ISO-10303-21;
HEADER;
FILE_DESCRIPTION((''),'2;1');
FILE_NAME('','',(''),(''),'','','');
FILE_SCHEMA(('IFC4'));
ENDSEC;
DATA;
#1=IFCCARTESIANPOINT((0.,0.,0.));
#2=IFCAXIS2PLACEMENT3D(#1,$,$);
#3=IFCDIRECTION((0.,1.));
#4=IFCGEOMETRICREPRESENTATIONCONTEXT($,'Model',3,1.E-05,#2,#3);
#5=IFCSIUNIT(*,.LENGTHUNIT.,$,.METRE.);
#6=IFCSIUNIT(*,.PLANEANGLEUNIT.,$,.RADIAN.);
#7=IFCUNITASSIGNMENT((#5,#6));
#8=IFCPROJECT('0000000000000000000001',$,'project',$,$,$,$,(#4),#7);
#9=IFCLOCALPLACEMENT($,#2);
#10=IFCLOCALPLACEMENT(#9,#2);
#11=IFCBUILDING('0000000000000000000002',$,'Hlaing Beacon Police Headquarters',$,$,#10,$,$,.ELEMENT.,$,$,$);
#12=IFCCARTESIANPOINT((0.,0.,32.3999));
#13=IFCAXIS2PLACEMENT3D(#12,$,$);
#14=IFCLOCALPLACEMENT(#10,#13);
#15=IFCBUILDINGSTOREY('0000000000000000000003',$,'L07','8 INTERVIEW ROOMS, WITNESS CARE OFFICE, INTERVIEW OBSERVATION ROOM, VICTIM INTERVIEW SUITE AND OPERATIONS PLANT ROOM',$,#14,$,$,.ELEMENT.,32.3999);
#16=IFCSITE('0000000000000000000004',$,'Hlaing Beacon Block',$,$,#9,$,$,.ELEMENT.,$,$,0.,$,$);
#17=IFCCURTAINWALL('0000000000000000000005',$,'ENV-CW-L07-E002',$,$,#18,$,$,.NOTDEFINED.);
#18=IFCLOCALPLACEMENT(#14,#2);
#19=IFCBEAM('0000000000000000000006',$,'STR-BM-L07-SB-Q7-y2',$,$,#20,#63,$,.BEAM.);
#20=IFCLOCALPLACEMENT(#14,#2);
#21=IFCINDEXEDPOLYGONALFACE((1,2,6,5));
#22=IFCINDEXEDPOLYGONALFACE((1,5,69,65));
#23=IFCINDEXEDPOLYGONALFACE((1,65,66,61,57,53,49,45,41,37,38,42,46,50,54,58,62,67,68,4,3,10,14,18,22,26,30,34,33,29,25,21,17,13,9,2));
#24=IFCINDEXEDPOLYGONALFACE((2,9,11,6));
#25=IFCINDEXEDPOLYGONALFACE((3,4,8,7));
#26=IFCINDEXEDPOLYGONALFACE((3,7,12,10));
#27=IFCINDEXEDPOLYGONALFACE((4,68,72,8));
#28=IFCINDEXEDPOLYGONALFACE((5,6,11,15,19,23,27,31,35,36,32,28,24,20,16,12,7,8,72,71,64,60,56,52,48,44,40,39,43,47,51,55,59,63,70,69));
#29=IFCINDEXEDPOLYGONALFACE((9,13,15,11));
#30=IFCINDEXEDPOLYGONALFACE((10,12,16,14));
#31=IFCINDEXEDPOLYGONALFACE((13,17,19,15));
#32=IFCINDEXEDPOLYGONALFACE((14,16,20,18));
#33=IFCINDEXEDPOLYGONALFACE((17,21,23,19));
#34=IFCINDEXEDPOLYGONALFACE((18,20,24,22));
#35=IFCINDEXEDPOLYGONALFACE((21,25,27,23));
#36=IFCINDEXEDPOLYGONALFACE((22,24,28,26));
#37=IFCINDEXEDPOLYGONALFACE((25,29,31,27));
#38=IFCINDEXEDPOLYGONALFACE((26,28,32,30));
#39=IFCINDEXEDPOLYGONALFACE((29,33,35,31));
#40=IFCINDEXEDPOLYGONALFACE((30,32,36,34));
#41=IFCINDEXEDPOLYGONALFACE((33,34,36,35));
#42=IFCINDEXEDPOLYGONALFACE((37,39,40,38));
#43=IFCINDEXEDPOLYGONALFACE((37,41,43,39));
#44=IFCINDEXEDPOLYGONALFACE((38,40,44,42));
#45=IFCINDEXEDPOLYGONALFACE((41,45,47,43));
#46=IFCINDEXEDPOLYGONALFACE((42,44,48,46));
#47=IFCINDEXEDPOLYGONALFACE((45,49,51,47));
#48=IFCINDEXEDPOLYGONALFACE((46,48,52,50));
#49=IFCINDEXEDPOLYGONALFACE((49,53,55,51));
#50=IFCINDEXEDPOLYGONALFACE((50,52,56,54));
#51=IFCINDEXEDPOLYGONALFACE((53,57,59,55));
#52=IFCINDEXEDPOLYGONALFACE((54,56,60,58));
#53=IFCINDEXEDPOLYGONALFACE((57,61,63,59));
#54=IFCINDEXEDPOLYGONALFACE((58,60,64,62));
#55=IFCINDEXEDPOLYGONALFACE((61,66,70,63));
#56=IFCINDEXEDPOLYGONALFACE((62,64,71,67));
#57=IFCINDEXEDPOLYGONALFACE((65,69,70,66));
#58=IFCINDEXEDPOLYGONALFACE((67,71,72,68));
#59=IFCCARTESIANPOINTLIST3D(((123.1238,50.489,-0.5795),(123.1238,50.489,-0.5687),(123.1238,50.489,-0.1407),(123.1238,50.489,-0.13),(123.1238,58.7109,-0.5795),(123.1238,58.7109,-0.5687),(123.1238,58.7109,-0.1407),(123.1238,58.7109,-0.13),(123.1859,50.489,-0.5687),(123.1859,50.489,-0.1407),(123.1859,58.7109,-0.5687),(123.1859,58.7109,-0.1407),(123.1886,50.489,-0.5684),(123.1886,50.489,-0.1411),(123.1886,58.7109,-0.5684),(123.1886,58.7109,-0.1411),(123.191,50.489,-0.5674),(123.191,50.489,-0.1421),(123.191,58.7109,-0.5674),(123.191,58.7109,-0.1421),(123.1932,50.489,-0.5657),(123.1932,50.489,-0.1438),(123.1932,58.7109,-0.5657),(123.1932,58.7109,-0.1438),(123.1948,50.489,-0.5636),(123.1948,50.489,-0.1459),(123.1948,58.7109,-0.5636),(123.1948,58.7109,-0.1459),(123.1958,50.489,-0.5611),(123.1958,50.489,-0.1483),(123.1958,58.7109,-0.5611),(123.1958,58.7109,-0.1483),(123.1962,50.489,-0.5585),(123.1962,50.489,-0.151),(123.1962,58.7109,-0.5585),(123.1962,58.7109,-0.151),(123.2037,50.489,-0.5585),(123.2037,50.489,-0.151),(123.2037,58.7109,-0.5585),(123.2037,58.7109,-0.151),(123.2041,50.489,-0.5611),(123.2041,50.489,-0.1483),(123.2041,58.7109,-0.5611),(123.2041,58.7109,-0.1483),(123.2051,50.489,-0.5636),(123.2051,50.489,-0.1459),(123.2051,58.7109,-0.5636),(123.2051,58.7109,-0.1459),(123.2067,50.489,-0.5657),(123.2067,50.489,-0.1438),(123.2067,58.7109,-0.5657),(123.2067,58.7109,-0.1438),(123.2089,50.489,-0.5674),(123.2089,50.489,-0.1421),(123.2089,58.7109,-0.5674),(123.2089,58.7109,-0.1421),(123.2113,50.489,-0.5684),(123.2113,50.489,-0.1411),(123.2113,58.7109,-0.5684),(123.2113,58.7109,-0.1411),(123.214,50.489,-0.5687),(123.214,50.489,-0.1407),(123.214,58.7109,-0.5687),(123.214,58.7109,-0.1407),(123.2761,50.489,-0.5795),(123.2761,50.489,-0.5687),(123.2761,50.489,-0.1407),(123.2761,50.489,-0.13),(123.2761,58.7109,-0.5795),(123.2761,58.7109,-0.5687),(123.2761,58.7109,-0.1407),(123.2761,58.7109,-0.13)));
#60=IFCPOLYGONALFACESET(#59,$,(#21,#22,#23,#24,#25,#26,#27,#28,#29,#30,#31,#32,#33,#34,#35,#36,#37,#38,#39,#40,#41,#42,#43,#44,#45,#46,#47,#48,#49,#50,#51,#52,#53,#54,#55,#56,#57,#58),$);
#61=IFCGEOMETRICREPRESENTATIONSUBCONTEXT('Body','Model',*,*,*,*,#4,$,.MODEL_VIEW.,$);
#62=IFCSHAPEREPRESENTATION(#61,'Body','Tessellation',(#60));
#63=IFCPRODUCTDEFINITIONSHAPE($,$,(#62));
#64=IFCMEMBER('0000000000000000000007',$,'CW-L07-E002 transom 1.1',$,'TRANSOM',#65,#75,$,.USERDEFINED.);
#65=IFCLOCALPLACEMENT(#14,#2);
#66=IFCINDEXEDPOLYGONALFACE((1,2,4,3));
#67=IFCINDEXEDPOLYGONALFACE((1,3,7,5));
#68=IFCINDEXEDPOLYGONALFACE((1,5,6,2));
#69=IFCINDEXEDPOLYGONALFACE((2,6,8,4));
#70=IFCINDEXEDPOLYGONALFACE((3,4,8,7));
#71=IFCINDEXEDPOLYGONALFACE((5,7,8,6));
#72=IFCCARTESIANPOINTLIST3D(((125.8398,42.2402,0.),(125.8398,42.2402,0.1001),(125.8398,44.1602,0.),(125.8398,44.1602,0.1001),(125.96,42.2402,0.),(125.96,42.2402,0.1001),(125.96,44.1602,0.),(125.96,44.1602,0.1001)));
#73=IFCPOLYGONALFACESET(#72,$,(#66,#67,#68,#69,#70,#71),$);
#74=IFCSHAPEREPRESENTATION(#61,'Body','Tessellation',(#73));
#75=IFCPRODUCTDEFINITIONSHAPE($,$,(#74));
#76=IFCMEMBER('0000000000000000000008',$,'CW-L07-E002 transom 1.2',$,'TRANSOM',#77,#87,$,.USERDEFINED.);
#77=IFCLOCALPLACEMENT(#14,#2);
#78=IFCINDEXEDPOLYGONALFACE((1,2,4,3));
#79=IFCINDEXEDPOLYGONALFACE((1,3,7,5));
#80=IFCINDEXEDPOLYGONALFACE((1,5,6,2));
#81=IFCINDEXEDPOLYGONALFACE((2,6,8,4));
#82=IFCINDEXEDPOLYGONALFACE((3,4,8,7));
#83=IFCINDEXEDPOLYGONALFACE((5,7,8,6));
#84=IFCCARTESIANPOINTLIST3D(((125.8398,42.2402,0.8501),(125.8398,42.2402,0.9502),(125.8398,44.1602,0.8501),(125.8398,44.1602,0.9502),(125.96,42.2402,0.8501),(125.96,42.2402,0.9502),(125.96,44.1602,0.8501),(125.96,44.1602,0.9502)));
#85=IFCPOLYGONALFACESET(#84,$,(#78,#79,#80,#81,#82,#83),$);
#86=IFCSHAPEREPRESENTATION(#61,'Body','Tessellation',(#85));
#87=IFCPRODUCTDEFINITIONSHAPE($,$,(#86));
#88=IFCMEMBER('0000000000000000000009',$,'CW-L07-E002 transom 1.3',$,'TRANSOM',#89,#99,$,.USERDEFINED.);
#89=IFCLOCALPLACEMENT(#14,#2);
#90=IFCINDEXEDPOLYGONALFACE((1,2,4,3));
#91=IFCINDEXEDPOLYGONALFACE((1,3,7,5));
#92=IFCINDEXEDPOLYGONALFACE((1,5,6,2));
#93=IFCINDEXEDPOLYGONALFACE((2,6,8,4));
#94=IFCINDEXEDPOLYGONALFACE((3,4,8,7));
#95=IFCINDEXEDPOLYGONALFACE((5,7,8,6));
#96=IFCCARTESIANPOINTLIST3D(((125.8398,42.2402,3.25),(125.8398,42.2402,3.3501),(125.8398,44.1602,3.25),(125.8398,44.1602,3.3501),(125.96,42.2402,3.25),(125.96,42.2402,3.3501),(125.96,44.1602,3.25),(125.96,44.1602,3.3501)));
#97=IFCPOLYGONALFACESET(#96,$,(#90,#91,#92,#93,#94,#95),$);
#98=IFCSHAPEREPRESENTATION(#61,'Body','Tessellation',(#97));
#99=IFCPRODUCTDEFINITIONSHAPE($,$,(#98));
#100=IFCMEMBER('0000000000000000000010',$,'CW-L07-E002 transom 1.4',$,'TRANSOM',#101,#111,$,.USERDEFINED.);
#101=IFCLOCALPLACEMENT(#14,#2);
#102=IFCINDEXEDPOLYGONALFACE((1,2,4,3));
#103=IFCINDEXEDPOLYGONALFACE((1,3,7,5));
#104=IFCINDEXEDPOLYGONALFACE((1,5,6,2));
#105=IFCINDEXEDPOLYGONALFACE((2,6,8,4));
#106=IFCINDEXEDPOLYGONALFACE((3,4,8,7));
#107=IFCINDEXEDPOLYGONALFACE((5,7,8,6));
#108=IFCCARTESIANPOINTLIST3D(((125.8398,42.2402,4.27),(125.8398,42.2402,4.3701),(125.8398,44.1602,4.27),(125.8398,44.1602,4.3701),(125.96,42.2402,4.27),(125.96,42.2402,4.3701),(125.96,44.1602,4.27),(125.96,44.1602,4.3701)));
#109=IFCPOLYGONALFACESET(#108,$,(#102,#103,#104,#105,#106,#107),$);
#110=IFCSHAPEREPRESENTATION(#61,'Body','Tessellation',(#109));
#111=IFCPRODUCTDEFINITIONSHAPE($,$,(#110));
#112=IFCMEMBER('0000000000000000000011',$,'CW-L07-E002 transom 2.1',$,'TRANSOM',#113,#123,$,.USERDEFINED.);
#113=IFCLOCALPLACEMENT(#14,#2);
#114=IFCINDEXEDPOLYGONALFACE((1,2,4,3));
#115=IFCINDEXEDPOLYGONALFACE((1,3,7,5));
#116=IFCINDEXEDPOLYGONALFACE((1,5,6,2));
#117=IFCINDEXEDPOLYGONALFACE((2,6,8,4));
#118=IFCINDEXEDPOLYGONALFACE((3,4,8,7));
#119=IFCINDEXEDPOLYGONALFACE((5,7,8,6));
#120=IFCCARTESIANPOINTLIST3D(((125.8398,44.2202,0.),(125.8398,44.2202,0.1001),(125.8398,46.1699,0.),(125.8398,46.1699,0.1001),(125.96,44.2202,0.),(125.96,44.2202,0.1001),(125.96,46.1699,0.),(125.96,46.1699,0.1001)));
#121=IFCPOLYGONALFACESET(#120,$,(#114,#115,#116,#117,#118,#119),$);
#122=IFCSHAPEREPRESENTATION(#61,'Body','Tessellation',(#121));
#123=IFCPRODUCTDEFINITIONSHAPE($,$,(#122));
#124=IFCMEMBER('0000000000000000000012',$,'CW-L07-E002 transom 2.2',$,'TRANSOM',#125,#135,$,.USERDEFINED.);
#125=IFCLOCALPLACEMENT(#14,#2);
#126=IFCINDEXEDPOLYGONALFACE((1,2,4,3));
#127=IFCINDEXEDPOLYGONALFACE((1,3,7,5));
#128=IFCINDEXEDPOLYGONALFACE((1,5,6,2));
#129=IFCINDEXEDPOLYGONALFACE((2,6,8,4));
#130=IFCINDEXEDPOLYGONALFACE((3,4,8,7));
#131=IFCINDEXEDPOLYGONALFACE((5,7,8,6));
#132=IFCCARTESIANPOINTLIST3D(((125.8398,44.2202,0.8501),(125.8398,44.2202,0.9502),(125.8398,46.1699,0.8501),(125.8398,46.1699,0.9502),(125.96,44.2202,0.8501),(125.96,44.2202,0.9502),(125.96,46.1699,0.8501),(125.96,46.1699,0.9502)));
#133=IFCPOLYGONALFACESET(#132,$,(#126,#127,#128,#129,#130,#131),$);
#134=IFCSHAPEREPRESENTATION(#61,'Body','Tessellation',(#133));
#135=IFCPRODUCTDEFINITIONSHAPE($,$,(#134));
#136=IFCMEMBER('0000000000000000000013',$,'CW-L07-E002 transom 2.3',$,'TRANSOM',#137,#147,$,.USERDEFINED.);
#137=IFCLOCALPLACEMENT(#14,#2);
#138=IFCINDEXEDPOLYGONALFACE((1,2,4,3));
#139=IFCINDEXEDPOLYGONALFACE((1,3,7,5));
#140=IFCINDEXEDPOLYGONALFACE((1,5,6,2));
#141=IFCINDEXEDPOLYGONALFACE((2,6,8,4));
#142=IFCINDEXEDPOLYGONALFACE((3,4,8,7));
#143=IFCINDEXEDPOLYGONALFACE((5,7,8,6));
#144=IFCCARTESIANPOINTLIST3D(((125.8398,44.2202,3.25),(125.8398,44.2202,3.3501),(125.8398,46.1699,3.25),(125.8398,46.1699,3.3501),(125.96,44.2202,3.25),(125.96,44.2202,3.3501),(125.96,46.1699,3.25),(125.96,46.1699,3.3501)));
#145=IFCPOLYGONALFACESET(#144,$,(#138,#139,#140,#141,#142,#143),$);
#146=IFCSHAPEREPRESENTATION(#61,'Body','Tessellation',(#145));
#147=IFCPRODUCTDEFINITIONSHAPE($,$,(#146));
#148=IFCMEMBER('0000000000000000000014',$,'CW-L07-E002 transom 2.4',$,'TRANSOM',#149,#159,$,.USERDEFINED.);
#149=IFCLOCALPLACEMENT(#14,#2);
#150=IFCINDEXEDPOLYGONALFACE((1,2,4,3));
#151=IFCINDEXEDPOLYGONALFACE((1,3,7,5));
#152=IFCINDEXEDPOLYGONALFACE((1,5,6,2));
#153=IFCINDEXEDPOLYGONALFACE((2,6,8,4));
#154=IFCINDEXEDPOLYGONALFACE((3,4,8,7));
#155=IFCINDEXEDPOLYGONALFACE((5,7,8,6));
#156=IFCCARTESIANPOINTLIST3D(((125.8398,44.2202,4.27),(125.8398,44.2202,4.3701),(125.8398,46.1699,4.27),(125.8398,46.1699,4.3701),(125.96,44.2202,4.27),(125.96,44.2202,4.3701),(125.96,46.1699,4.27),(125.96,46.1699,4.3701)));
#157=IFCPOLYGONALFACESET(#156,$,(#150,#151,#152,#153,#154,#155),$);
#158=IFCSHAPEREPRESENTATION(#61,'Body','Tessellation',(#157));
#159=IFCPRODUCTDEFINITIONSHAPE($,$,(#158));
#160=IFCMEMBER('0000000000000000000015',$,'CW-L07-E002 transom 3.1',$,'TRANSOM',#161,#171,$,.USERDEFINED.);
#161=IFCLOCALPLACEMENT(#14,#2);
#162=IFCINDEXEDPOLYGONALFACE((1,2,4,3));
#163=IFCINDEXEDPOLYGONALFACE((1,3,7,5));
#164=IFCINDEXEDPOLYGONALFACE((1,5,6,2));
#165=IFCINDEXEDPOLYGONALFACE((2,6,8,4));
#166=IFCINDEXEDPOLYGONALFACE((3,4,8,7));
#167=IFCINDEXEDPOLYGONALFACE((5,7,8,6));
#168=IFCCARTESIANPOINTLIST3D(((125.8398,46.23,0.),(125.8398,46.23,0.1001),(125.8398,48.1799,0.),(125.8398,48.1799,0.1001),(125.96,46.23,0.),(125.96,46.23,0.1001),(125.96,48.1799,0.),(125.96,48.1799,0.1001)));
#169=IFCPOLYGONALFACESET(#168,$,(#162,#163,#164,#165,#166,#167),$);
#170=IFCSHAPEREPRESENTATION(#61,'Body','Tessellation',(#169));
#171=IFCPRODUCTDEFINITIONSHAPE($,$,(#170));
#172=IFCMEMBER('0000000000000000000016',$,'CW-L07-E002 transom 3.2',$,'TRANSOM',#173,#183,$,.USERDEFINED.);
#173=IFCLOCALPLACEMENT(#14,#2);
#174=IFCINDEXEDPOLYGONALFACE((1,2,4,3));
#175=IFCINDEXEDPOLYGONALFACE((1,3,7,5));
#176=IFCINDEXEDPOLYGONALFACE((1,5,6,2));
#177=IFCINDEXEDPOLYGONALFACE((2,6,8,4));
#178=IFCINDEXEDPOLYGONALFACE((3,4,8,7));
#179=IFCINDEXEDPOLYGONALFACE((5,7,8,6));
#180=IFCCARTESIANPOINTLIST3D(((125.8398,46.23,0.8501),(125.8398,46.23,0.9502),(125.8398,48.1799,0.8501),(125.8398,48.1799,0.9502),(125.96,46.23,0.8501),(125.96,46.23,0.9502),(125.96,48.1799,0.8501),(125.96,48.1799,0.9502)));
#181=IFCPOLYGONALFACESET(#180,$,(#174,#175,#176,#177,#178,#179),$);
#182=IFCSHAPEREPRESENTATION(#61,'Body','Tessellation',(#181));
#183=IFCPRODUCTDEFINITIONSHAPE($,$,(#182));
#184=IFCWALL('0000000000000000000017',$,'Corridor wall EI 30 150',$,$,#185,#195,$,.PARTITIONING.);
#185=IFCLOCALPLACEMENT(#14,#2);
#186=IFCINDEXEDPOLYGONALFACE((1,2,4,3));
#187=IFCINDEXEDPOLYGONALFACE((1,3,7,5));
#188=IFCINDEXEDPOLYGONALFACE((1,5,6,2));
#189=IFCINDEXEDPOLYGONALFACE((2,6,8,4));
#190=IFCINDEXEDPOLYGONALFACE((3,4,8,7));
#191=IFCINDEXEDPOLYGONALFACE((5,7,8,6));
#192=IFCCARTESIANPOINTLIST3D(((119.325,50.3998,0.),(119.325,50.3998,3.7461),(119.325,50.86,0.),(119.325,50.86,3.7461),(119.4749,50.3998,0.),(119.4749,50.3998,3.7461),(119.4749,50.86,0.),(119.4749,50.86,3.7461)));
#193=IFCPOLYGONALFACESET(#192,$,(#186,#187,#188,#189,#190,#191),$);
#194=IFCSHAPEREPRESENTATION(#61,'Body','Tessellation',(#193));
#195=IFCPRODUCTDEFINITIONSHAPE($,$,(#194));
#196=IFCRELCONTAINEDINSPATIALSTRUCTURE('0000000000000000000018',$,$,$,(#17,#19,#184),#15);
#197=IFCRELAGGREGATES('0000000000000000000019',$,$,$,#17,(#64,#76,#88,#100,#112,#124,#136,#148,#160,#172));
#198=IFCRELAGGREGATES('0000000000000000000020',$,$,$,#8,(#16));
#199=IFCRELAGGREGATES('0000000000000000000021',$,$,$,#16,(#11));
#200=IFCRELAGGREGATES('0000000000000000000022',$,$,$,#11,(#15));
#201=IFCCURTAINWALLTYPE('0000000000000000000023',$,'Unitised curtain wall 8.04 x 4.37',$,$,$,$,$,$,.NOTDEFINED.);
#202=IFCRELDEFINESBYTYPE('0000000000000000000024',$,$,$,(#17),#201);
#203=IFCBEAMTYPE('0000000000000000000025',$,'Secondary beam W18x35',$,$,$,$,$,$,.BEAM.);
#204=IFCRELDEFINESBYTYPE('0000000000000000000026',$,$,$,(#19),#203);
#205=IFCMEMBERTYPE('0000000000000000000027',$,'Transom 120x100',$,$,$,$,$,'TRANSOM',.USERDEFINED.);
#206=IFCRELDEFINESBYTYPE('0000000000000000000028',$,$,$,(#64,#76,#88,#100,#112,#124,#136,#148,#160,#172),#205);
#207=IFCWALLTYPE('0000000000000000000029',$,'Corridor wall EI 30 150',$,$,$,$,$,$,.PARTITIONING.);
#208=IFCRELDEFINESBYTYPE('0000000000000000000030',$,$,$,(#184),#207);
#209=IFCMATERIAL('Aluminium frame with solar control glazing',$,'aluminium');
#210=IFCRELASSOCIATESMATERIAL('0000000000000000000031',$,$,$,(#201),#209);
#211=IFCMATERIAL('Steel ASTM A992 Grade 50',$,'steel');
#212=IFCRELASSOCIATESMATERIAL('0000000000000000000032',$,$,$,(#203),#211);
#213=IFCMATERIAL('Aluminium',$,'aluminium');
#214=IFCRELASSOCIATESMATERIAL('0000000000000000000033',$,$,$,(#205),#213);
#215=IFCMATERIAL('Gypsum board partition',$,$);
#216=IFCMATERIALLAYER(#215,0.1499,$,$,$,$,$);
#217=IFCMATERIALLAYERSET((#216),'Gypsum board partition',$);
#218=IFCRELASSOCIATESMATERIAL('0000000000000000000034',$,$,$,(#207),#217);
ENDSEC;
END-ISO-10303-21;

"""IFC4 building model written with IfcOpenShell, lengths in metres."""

from ifc_helpers import new_model, si_unit, direction, frame, frame_2d, origin, origin_2d, place, context, subcontext, project, spatial, rectangle, i_section, extrude, material, layer, layer_set, material_profile, profile_set, type_object, element, aggregate, save


model = new_model("IFC4")

# Units and contexts
model_context = context("Model", 3, precision=1e-05, world=origin(), true_north=direction((0.0, 1.0)))
body_context = subcontext(model_context, "Body", "Model", "MODEL_VIEW")
ifc_project = project(units=[si_unit("LENGTHUNIT", "METRE"), si_unit("PLANEANGLEUNIT", "RADIAN")], contexts=[model_context])

# Site, building, storey
site_placement = place(None, origin())
site = spatial("IfcSite", under=ifc_project, at=site_placement, Name="Hlaing Beacon Block", CompositionType="ELEMENT", RefElevation=0.0)
building_placement = place(site_placement, origin())
building = spatial("IfcBuilding", under=site, at=building_placement, Name="Hlaing Beacon Police Headquarters", CompositionType="ELEMENT")
storey_placement = place(building_placement, frame((0.0, 0.0, 32.3999)))
storey = spatial("IfcBuildingStorey", under=building, at=storey_placement, Name="L07", Description="8 INTERVIEW ROOMS, WITNESS CARE OFFICE, INTERVIEW OBSERVATION ROOM, VICTIM INTERVIEW SUITE AND OPERATIONS PLANT ROOM", CompositionType="ELEMENT", Elevation=32.3999)

# Curtain wall
ifc_material_1 = material(Name="Aluminium frame with solar control glazing", Category="aluminium")
curtain_wall_type = type_object("IfcCurtainWallType", Name="Unitised curtain wall 8.04 x 4.37", PredefinedType="NOTDEFINED", material=ifc_material_1)
curtain_wall_placement = place(storey_placement, origin())
curtain_wall = element("IfcCurtainWall", 1, at=curtain_wall_placement, inside=storey, type_object=curtain_wall_type, Name="ENV-CW-L07-E002", PredefinedType="NOTDEFINED")

# Beam
ifc_material_2 = material(Name="Steel ASTM A992 Grade 50", Category="steel")
ifc_material_profile_1 = material_profile(ifc_material_2, i_section(OverallWidth=0.1523, OverallDepth=0.4495, WebThickness=0.0076, FlangeThickness=0.0107, FilletRadius=0.0103, at=origin_2d()), Name="W18x35")
ifc_profile_set_1 = profile_set([ifc_material_profile_1], Name="Steel ASTM A992 Grade 50")
beam_type_1 = type_object("IfcBeamType", Name="Secondary beam W18x35", PredefinedType="BEAM", material=ifc_profile_set_1)
for number, where, z_axis, x_axis, name in (
    (2, (123.2, 50.489, -0.3547), (0.0, 1.0, 0.0), (-1.0, 0.0, 0.0), "STR-BM-L07-SB-Q7-y2"),
):
    element("IfcBeam", number, at=place(storey_placement, frame(where, z_axis=z_axis, x_axis=x_axis)), inside=storey, type_object=beam_type_1, Name=name, PredefinedType="BEAM", context=body_context, shape_type="SweptSolid", body=[
        extrude(i_section(OverallWidth=0.1523, OverallDepth=0.4495, WebThickness=0.0076, FlangeThickness=0.0107, FilletRadius=0.0103, at=origin_2d()), origin(), (0.0, 0.0, 1.0), 8.2219),
    ])

# Members
ifc_material_3 = material(Name="Aluminium", Category="aluminium")
ifc_material_profile_2 = material_profile(ifc_material_3, rectangle(XDim=0.1201, YDim=0.1001, at=origin_2d()), Name="Transom 120x100")
ifc_profile_set_2 = profile_set([ifc_material_profile_2], Name="Aluminium")
member_type_1 = type_object("IfcMemberType", Name="Transom 120x100", ElementType="TRANSOM", PredefinedType="USERDEFINED", material=ifc_profile_set_2)
member_1_placement = place(storey_placement, frame((125.8999, 42.2402, 0.05), z_axis=(0.0, 1.0, 0.0), x_axis=(-1.0, 0.0, 0.0)))
member_1 = element("IfcMember", 3, at=member_1_placement, type_object=member_type_1, Name="CW-L07-E002 transom 1.1", ObjectType="TRANSOM", PredefinedType="USERDEFINED", context=body_context, shape_type="SweptSolid", body=[
    extrude(rectangle(XDim=0.1201, YDim=0.1001, at=origin_2d()), origin(), (0.0, 0.0, 1.0), 1.9199),
])
member_2_placement = place(storey_placement, frame((125.8999, 42.2402, 0.9001), z_axis=(0.0, 1.0, 0.0), x_axis=(-1.0, 0.0, 0.0)))
member_2 = element("IfcMember", 4, at=member_2_placement, type_object=member_type_1, Name="CW-L07-E002 transom 1.2", ObjectType="TRANSOM", PredefinedType="USERDEFINED", context=body_context, shape_type="SweptSolid", body=[
    extrude(rectangle(XDim=0.1201, YDim=0.1001, at=origin_2d()), origin(), (0.0, 0.0, 1.0), 1.9199),
])
member_3_placement = place(storey_placement, frame((125.8999, 42.2402, 3.3), z_axis=(0.0, 1.0, 0.0), x_axis=(-1.0, 0.0, 0.0)))
member_3 = element("IfcMember", 5, at=member_3_placement, type_object=member_type_1, Name="CW-L07-E002 transom 1.3", ObjectType="TRANSOM", PredefinedType="USERDEFINED", context=body_context, shape_type="SweptSolid", body=[
    extrude(rectangle(XDim=0.1201, YDim=0.1001, at=origin_2d()), origin(), (0.0, 0.0, 1.0), 1.9199),
])
member_4_placement = place(storey_placement, frame((125.8999, 42.2402, 4.3201), z_axis=(0.0, 1.0, 0.0), x_axis=(-1.0, 0.0, 0.0)))
member_4 = element("IfcMember", 6, at=member_4_placement, type_object=member_type_1, Name="CW-L07-E002 transom 1.4", ObjectType="TRANSOM", PredefinedType="USERDEFINED", context=body_context, shape_type="SweptSolid", body=[
    extrude(rectangle(XDim=0.1201, YDim=0.1001, at=origin_2d()), origin(), (0.0, 0.0, 1.0), 1.9199),
])
member_5_placement = place(storey_placement, frame((125.8999, 44.2202, 0.05), z_axis=(0.0, 1.0, 0.0), x_axis=(-1.0, 0.0, 0.0)))
member_5 = element("IfcMember", 7, at=member_5_placement, type_object=member_type_1, Name="CW-L07-E002 transom 2.1", ObjectType="TRANSOM", PredefinedType="USERDEFINED", context=body_context, shape_type="SweptSolid", body=[
    extrude(rectangle(XDim=0.1201, YDim=0.1001, at=origin_2d()), origin(), (0.0, 0.0, 1.0), 1.9497),
])
member_6_placement = place(storey_placement, frame((125.8999, 44.2202, 0.9001), z_axis=(0.0, 1.0, 0.0), x_axis=(-1.0, 0.0, 0.0)))
member_6 = element("IfcMember", 8, at=member_6_placement, type_object=member_type_1, Name="CW-L07-E002 transom 2.2", ObjectType="TRANSOM", PredefinedType="USERDEFINED", context=body_context, shape_type="SweptSolid", body=[
    extrude(rectangle(XDim=0.1201, YDim=0.1001, at=origin_2d()), origin(), (0.0, 0.0, 1.0), 1.9497),
])
member_7_placement = place(storey_placement, frame((125.8999, 44.2202, 3.3), z_axis=(0.0, 1.0, 0.0), x_axis=(-1.0, 0.0, 0.0)))
member_7 = element("IfcMember", 9, at=member_7_placement, type_object=member_type_1, Name="CW-L07-E002 transom 2.3", ObjectType="TRANSOM", PredefinedType="USERDEFINED", context=body_context, shape_type="SweptSolid", body=[
    extrude(rectangle(XDim=0.1201, YDim=0.1001, at=origin_2d()), origin(), (0.0, 0.0, 1.0), 1.9497),
])
member_8_placement = place(storey_placement, frame((125.8999, 44.2202, 4.3201), z_axis=(0.0, 1.0, 0.0), x_axis=(-1.0, 0.0, 0.0)))
member_8 = element("IfcMember", 10, at=member_8_placement, type_object=member_type_1, Name="CW-L07-E002 transom 2.4", ObjectType="TRANSOM", PredefinedType="USERDEFINED", context=body_context, shape_type="SweptSolid", body=[
    extrude(rectangle(XDim=0.1201, YDim=0.1001, at=origin_2d()), origin(), (0.0, 0.0, 1.0), 1.9497),
])
member_9_placement = place(storey_placement, frame((125.8999, 46.23, 0.05), z_axis=(0.0, 1.0, 0.0), x_axis=(-1.0, 0.0, 0.0)))
member_9 = element("IfcMember", 11, at=member_9_placement, type_object=member_type_1, Name="CW-L07-E002 transom 3.1", ObjectType="TRANSOM", PredefinedType="USERDEFINED", context=body_context, shape_type="SweptSolid", body=[
    extrude(rectangle(XDim=0.1201, YDim=0.1001, at=origin_2d()), origin(), (0.0, 0.0, 1.0), 1.95),
])
member_10_placement = place(storey_placement, frame((125.8999, 46.23, 0.9001), z_axis=(0.0, 1.0, 0.0), x_axis=(-1.0, 0.0, 0.0)))
member_10 = element("IfcMember", 12, at=member_10_placement, type_object=member_type_1, Name="CW-L07-E002 transom 3.2", ObjectType="TRANSOM", PredefinedType="USERDEFINED", context=body_context, shape_type="SweptSolid", body=[
    extrude(rectangle(XDim=0.1201, YDim=0.1001, at=origin_2d()), origin(), (0.0, 0.0, 1.0), 1.95),
])
aggregate(curtain_wall, [member_1, member_2, member_3, member_4, member_5, member_6, member_7, member_8, member_9, member_10])

# Wall
ifc_material_4 = material(Name="Gypsum board partition")
ifc_layer_1 = layer(ifc_material_4, 0.1499)
ifc_layer_set_1 = layer_set([ifc_layer_1], Name="Gypsum board partition")
wall_type_1 = type_object("IfcWallType", Name="Corridor wall EI 30 150", PredefinedType="PARTITIONING", material=ifc_layer_set_1)
wall_1_placement = place(storey_placement, frame((119.3999, 50.3999, 0.0), z_axis=(0.0, 0.0, 1.0), x_axis=(0.0, 1.0, 0.0)))
element("IfcWall", 13, at=wall_1_placement, inside=storey, type_object=wall_type_1, Name="Corridor wall EI 30 150", PredefinedType="PARTITIONING", context=body_context, shape_type="SweptSolid", body=[
    extrude(rectangle(XDim=0.4602, YDim=0.1499, at=frame_2d((0.23, 0.0))), origin(), (0.0, 0.0, 1.0), 3.7461),
])

save(model, "model.ifc")
